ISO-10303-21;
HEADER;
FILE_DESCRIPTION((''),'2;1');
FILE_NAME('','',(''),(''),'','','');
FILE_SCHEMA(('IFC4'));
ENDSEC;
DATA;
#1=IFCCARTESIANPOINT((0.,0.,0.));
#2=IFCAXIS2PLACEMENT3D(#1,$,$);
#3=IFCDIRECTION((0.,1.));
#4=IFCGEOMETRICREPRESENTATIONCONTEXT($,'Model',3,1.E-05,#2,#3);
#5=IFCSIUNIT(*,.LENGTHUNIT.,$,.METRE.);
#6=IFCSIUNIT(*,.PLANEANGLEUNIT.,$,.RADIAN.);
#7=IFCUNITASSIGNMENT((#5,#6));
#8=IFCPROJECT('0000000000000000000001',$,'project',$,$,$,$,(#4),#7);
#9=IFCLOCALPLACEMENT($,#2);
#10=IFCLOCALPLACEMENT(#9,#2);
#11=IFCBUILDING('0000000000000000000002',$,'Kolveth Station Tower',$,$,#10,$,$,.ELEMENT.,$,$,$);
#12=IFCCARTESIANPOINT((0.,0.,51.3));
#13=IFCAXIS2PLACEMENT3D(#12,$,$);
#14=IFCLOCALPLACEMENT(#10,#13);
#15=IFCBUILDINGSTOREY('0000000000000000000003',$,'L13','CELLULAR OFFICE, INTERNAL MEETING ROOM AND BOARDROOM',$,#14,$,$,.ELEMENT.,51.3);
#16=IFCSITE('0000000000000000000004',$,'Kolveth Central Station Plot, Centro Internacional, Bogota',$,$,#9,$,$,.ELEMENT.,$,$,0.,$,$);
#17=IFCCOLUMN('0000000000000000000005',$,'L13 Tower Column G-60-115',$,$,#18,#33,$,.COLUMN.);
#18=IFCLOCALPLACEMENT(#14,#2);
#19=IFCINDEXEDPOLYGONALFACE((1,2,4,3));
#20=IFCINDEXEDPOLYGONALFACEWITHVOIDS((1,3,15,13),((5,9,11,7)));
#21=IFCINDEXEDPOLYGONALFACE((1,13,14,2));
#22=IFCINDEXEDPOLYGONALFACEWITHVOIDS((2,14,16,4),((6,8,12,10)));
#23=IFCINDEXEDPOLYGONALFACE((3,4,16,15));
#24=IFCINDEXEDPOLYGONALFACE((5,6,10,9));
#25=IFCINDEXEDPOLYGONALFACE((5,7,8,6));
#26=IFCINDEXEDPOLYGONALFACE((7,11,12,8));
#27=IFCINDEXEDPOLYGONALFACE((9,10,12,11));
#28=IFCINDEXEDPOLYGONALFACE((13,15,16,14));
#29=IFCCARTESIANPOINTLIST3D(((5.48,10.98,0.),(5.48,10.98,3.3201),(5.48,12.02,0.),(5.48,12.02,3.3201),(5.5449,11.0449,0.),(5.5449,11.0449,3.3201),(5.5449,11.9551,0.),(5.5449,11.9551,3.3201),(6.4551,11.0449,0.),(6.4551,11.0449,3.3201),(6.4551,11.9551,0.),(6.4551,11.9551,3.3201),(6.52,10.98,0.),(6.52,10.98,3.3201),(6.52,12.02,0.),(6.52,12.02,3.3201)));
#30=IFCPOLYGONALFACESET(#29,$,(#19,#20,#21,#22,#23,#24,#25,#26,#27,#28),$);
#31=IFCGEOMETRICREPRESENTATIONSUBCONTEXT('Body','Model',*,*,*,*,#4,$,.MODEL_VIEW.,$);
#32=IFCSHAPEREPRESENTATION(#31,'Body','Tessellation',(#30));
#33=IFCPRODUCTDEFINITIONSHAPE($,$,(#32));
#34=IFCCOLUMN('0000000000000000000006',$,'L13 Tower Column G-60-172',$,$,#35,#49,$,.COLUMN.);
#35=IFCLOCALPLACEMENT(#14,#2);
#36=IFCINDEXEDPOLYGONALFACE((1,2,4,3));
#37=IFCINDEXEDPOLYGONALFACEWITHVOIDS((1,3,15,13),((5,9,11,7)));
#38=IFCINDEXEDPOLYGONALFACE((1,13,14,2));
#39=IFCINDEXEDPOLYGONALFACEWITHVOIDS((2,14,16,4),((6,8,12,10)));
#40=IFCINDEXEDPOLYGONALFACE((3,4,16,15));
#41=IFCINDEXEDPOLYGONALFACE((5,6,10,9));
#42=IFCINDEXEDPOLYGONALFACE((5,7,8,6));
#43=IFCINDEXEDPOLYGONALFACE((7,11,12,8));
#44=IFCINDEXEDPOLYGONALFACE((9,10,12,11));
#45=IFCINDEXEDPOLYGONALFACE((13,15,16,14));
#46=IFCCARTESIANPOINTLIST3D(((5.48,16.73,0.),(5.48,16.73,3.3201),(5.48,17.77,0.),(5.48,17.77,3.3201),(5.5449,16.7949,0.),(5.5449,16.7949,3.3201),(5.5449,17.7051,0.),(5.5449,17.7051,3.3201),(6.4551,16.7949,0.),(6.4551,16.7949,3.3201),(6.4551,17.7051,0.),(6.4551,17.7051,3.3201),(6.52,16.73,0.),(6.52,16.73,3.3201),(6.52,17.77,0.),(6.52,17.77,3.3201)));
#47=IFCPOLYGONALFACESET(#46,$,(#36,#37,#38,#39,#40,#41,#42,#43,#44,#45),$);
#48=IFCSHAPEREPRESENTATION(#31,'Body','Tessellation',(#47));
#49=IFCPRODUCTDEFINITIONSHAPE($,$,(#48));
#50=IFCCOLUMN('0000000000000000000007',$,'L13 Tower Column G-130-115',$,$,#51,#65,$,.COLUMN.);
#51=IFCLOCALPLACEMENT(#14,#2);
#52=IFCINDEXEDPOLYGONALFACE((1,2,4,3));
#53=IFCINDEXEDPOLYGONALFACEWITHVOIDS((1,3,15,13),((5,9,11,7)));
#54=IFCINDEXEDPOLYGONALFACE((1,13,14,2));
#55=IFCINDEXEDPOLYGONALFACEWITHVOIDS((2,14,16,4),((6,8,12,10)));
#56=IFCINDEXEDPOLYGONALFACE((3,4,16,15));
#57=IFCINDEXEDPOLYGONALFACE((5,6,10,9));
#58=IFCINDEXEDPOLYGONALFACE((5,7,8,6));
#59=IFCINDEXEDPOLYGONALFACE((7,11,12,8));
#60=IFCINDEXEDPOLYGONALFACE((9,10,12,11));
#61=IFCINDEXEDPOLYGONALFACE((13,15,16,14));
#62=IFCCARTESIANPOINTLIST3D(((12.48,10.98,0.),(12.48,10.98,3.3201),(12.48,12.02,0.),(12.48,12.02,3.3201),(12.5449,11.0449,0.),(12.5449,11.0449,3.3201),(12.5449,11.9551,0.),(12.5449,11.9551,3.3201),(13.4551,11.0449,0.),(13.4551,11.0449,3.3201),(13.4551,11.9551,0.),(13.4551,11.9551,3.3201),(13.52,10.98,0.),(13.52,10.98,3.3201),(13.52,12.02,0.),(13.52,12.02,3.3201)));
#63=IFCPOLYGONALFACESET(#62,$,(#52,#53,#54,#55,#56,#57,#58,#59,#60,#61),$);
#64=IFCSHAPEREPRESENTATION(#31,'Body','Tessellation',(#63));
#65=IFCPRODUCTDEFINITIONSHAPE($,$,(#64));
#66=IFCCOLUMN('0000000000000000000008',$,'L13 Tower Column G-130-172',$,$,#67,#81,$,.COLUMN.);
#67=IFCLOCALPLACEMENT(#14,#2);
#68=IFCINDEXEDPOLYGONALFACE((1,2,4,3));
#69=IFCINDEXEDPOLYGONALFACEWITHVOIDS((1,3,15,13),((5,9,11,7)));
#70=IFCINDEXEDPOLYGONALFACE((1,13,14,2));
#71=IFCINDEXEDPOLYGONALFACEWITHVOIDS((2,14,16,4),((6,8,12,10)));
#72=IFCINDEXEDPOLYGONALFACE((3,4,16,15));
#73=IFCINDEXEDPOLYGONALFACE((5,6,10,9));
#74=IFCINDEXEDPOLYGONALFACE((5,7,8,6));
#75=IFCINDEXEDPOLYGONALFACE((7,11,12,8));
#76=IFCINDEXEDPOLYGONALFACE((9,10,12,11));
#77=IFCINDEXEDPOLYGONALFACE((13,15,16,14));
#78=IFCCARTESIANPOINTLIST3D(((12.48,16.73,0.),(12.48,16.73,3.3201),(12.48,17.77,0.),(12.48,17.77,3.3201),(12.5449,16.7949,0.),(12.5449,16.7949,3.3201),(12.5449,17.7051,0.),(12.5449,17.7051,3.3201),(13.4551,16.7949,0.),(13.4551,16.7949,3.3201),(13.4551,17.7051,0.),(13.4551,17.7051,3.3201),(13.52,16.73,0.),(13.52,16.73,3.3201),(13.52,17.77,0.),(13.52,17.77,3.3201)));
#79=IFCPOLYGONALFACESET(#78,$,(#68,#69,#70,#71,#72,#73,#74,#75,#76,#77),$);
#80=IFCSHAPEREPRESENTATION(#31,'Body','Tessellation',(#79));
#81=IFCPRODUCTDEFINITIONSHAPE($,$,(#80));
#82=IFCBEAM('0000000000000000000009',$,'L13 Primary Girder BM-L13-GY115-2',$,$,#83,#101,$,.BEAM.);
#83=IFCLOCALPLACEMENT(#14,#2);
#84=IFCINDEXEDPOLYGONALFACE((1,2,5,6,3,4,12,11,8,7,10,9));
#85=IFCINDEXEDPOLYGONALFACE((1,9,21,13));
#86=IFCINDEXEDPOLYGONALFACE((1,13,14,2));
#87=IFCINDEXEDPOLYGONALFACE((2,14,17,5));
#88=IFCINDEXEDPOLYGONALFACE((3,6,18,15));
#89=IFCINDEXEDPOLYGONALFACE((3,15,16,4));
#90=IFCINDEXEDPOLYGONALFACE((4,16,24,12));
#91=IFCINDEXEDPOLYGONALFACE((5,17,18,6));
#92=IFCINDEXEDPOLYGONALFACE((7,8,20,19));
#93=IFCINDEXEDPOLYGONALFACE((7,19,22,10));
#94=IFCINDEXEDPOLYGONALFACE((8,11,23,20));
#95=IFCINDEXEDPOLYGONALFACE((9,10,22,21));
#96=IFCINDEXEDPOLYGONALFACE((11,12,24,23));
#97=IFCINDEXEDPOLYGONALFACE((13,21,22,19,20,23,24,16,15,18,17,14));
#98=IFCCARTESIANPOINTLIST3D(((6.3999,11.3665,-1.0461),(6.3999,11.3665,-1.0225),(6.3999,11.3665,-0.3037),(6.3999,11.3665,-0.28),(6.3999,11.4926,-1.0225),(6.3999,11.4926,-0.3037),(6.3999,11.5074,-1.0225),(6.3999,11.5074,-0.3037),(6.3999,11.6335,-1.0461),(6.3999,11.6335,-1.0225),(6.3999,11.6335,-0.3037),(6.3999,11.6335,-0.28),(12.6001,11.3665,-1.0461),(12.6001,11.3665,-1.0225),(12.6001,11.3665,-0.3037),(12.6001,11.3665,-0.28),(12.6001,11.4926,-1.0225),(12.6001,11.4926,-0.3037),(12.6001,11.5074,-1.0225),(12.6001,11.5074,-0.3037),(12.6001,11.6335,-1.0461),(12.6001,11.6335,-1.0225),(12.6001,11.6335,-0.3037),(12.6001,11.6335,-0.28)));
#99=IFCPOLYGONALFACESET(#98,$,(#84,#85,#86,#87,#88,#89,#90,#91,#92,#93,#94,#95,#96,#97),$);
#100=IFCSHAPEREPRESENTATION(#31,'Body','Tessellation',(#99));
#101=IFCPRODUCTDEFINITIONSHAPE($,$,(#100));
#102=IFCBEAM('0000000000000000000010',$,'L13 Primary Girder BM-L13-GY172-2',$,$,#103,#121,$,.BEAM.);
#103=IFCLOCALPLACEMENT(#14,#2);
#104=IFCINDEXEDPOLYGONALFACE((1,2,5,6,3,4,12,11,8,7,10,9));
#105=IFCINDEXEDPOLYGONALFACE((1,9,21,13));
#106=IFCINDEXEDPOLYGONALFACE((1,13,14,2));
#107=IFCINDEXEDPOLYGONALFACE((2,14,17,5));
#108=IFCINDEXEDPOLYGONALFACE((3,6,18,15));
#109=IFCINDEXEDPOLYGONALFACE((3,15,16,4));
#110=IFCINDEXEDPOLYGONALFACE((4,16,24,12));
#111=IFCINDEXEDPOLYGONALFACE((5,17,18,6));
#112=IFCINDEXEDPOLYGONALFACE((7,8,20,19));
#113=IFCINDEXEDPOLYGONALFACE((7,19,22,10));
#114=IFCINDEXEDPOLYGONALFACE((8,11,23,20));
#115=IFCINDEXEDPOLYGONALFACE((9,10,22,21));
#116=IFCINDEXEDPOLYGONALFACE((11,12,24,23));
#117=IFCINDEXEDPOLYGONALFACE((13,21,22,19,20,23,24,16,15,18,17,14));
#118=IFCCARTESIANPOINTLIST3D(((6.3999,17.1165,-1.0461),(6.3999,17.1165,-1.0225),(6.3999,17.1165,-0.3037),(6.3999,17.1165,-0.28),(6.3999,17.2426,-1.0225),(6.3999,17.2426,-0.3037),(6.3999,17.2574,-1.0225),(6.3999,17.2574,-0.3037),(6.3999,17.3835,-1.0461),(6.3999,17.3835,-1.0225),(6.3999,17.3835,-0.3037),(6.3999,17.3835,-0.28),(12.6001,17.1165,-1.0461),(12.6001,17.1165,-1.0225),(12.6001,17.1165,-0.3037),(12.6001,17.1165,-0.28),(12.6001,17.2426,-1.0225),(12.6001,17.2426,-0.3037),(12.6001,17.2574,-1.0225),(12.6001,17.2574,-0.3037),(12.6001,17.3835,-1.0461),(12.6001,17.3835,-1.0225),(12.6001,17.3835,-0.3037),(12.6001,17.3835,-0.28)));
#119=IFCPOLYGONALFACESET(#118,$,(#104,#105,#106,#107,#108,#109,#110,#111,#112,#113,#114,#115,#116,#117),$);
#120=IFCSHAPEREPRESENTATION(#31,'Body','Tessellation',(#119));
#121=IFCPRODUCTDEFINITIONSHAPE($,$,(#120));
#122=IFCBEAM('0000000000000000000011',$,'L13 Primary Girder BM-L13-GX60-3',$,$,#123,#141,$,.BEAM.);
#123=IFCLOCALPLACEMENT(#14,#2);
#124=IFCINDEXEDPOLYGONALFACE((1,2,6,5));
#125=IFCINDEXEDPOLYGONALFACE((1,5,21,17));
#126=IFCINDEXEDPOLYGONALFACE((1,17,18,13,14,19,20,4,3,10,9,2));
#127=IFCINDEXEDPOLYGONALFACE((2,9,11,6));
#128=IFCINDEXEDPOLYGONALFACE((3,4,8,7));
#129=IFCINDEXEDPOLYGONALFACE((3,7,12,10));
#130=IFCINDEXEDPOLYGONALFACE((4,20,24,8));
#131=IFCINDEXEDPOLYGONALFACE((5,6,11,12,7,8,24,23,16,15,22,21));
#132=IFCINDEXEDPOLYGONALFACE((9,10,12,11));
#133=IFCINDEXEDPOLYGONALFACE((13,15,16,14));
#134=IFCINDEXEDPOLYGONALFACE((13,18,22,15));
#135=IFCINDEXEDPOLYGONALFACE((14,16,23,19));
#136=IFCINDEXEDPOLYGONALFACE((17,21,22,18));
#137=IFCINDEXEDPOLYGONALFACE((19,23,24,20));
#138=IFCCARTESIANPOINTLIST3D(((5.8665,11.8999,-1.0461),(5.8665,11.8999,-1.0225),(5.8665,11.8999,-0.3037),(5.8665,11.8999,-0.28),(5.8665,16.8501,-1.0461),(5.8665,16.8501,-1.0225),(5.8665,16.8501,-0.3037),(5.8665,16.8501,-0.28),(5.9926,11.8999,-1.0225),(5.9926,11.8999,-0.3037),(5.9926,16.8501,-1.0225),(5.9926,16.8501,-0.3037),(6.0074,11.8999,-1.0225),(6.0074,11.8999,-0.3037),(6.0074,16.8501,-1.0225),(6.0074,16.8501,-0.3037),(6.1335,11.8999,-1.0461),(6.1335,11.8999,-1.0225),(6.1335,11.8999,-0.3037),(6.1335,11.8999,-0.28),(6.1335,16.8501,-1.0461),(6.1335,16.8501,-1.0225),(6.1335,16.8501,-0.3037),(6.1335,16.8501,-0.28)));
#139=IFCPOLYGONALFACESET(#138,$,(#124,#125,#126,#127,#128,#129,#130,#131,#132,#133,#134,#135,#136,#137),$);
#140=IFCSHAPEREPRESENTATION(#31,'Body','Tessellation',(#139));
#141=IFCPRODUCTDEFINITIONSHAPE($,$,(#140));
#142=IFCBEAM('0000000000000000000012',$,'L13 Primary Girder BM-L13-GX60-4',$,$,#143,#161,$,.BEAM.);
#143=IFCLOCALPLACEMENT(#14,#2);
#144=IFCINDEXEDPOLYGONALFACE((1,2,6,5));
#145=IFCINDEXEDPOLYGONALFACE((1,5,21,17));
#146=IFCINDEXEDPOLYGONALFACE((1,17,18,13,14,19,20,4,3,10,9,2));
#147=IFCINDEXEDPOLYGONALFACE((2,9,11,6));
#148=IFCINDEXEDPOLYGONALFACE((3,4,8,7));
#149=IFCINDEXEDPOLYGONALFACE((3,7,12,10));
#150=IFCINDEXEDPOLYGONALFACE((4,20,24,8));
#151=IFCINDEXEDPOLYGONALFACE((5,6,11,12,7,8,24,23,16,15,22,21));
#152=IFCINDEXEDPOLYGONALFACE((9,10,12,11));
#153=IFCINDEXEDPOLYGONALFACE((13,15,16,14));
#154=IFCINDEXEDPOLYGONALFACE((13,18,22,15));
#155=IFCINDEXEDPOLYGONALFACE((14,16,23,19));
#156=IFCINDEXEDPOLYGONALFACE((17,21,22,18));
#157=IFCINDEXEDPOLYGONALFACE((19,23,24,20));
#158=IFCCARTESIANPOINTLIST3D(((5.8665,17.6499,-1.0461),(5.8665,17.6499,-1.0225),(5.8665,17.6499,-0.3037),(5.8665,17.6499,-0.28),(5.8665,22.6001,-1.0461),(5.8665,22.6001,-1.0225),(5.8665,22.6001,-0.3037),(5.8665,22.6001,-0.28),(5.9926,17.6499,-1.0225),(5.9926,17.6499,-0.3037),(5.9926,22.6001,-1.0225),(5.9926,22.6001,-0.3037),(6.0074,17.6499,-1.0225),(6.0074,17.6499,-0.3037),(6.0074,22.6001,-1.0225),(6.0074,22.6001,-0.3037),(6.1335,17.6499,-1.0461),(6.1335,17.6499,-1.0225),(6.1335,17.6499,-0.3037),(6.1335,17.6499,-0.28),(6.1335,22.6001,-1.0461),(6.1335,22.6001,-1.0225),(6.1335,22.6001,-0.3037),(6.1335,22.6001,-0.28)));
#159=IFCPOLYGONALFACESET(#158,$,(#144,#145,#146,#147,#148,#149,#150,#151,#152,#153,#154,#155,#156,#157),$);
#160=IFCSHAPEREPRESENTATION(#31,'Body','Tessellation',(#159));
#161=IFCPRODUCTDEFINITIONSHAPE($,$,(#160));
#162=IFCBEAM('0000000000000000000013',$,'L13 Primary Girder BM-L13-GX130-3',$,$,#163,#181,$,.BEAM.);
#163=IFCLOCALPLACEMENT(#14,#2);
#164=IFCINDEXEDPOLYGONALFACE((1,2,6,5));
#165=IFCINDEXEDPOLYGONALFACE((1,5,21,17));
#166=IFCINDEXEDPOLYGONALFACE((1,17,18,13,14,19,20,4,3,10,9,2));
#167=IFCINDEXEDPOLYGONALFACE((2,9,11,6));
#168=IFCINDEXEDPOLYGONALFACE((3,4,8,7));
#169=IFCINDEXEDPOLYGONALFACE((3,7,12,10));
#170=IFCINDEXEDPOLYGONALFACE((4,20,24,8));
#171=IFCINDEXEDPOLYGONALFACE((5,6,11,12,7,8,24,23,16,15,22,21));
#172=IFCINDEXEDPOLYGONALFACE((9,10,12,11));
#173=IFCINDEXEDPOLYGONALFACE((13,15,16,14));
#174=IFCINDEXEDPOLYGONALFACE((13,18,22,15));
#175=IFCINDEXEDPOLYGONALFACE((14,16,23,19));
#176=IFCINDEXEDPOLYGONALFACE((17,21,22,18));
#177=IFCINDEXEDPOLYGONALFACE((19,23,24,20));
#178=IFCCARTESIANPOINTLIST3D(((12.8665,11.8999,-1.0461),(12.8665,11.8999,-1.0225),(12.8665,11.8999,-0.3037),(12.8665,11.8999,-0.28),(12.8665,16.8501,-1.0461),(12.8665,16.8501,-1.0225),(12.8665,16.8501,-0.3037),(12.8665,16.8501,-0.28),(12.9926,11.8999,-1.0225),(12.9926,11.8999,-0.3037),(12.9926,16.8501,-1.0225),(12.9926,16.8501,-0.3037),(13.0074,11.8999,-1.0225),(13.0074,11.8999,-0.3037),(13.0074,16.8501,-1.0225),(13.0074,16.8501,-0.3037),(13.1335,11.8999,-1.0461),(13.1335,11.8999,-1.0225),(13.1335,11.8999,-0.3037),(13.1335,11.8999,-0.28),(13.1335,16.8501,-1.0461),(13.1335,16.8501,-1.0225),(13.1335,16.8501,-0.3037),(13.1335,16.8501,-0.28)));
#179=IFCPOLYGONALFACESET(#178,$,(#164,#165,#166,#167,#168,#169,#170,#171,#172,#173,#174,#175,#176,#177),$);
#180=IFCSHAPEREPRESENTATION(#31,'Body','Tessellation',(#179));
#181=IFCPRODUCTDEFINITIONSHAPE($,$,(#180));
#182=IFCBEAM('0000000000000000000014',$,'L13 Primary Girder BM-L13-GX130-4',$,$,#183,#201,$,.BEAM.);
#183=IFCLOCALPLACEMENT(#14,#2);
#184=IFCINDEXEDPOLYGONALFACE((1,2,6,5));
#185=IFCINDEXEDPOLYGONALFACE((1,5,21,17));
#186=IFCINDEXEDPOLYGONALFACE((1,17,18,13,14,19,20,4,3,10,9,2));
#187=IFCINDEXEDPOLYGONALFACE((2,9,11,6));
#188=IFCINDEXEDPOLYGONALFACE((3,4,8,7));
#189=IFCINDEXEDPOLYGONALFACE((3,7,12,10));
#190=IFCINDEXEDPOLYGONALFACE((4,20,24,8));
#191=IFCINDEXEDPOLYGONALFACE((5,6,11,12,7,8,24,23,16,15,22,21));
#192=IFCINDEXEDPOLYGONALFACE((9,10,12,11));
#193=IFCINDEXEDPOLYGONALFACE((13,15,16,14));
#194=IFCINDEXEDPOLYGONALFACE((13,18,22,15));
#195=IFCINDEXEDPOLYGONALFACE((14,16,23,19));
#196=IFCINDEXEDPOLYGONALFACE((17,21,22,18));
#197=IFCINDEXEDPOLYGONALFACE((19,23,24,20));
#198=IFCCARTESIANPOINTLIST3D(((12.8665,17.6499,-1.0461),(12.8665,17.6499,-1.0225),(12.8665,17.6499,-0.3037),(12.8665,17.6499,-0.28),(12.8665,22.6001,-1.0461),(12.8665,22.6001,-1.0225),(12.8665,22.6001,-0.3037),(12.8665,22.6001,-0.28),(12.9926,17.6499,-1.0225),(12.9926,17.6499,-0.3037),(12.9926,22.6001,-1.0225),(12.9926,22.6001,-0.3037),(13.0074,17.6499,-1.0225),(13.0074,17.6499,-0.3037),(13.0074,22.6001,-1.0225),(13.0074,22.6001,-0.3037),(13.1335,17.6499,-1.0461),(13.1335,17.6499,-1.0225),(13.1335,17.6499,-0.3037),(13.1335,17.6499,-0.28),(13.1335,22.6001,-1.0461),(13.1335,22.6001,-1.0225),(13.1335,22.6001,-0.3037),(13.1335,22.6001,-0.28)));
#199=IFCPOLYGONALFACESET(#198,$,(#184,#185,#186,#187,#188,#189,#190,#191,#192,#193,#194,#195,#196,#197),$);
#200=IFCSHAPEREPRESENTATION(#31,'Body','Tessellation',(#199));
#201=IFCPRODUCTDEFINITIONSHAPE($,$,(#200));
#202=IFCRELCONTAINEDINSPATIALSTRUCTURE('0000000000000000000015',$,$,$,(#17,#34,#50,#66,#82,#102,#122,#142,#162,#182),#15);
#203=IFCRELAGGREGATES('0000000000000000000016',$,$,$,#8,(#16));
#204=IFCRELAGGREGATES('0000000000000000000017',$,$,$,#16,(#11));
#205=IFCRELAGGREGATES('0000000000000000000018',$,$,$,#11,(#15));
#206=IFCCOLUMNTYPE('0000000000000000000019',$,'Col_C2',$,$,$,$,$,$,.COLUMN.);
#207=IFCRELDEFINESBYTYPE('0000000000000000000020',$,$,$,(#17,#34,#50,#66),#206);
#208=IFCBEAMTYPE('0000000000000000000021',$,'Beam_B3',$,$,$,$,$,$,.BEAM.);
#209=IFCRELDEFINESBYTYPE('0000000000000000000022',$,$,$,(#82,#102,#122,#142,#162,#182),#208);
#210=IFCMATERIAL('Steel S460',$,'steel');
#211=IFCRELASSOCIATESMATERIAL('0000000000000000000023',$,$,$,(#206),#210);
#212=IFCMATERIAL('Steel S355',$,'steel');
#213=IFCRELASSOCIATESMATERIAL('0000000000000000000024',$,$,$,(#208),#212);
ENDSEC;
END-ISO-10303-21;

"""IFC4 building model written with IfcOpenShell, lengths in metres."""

from ifc_helpers import new_model, si_unit, direction, frame, origin, origin_2d, place, context, subcontext, project, spatial, hollow_rectangle, i_section, extrude, source, transform, mapped, material, material_profile, profile_set, type_object, element, save


model = new_model("IFC4")

# Units and contexts
model_context = context("Model", 3, precision=1e-05, world=origin(), true_north=direction((0.0, 1.0)))
body_context = subcontext(model_context, "Body", "Model", "MODEL_VIEW")
ifc_project = project(units=[si_unit("LENGTHUNIT", "METRE"), si_unit("PLANEANGLEUNIT", "RADIAN")], contexts=[model_context])

# Site, building, storey
site_placement = place(None, origin())
site = spatial("IfcSite", under=ifc_project, at=site_placement, Name="Kolveth Central Station Plot, Centro Internacional, Bogota", CompositionType="ELEMENT", RefElevation=0.0)
building_placement = place(site_placement, origin())
building = spatial("IfcBuilding", under=site, at=building_placement, Name="Kolveth Station Tower", CompositionType="ELEMENT")
storey_placement = place(building_placement, frame((0.0, 0.0, 51.3)))
storey = spatial("IfcBuildingStorey", under=building, at=storey_placement, Name="L13", Description="CELLULAR OFFICE, INTERNAL MEETING ROOM AND BOARDROOM", CompositionType="ELEMENT", Elevation=51.3)

# Columns
ifc_material_1 = material(Name="Steel S460", Category="steel")
ifc_material_profile_1 = material_profile(ifc_material_1, hollow_rectangle(XDim=1.04, YDim=1.04, WallThickness=0.0649, at=origin_2d()), Name="BOX1040x1040x65")
ifc_profile_set_1 = profile_set([ifc_material_profile_1], Name="Steel S460")
column_type = type_object("IfcColumnType", Name="Col_C2", PredefinedType="COLUMN", material=ifc_profile_set_1)
shared_shape_1 = source(origin(), body_context, "Body", "SweptSolid", [
    extrude(hollow_rectangle(XDim=1.04, YDim=1.04, WallThickness=0.0649, at=origin_2d()), origin(), (0.0, 0.0, 1.0), 3.3201),
])
for number, where, z_axis, x_axis, name in (
    (1, (6.0, 11.5, 0.0), (0.0, 0.0, 1.0), (1.0, 0.0, 0.0), "L13 Tower Column G-60-115"),
    (2, (6.0, 17.25, 0.0), (0.0, 0.0, 1.0), (1.0, 0.0, 0.0), "L13 Tower Column G-60-172"),
    (3, (13.0, 11.5, 0.0), (0.0, 0.0, 1.0), (1.0, 0.0, 0.0), "L13 Tower Column G-130-115"),
    (4, (13.0, 17.25, 0.0), (0.0, 0.0, 1.0), (1.0, 0.0, 0.0), "L13 Tower Column G-130-172"),
):
    element("IfcColumn", number, at=place(storey_placement, frame(where, z_axis=z_axis, x_axis=x_axis)), inside=storey, type_object=column_type, Name=name, PredefinedType="COLUMN", context=body_context, shape_type="MappedRepresentation", body=[
        mapped(shared_shape_1, transform((0.0, 0.0, 0.0), x_axis=(1.0, 0.0, 0.0), y_axis=(0.0, 1.0, 0.0), z_axis=(0.0, 0.0, 1.0), scale=1.0)),
    ])

# Beams
ifc_material_2 = material(Name="Steel S355", Category="steel")
ifc_material_profile_2 = material_profile(ifc_material_2, i_section(OverallWidth=0.2671, OverallDepth=0.7661, WebThickness=0.0149, FlangeThickness=0.0237, at=origin_2d()), Name="W760x185")
ifc_profile_set_2 = profile_set([ifc_material_profile_2], Name="Steel S355")
beam_type_1 = type_object("IfcBeamType", Name="Beam_B3", PredefinedType="BEAM", material=ifc_profile_set_2)
shared_shape_2 = source(origin(), body_context, "Body", "SweptSolid", [
    extrude(i_section(OverallWidth=0.2671, OverallDepth=0.7661, WebThickness=0.0149, FlangeThickness=0.0237, at=origin_2d()), origin(), (0.0, 0.0, 1.0), 6.2002),
])
for number, where, z_axis, x_axis, name in (
    (5, (6.3999, 11.5, -0.6631), (1.0, 0.0, 0.0), (0.0, 1.0, 0.0), "L13 Primary Girder BM-L13-GY115-2"),
    (6, (6.3999, 17.25, -0.6631), (1.0, 0.0, 0.0), (0.0, 1.0, 0.0), "L13 Primary Girder BM-L13-GY172-2"),
):
    element("IfcBeam", number, at=place(storey_placement, frame(where, z_axis=z_axis, x_axis=x_axis)), inside=storey, type_object=beam_type_1, Name=name, PredefinedType="BEAM", context=body_context, shape_type="MappedRepresentation", body=[
        mapped(shared_shape_2, transform((0.0, 0.0, 0.0), x_axis=(1.0, 0.0, 0.0), y_axis=(0.0, 1.0, 0.0), z_axis=(0.0, 0.0, 1.0), scale=1.0)),
    ])
shared_shape_3 = source(origin(), body_context, "Body", "SweptSolid", [
    extrude(i_section(OverallWidth=0.2671, OverallDepth=0.7661, WebThickness=0.0149, FlangeThickness=0.0237, at=origin_2d()), origin(), (0.0, 0.0, 1.0), 4.9502),
])
for number, where, z_axis, x_axis, name in (
    (7, (6.0, 11.8999, -0.6631), (0.0, 1.0, 0.0), (-1.0, 0.0, 0.0), "L13 Primary Girder BM-L13-GX60-3"),
    (8, (6.0, 17.6499, -0.6631), (0.0, 1.0, 0.0), (-1.0, 0.0, 0.0), "L13 Primary Girder BM-L13-GX60-4"),
    (9, (13.0, 11.8999, -0.6631), (0.0, 1.0, 0.0), (-1.0, 0.0, 0.0), "L13 Primary Girder BM-L13-GX130-3"),
    (10, (13.0, 17.6499, -0.6631), (0.0, 1.0, 0.0), (-1.0, 0.0, 0.0), "L13 Primary Girder BM-L13-GX130-4"),
):
    element("IfcBeam", number, at=place(storey_placement, frame(where, z_axis=z_axis, x_axis=x_axis)), inside=storey, type_object=beam_type_1, Name=name, PredefinedType="BEAM", context=body_context, shape_type="MappedRepresentation", body=[
        mapped(shared_shape_3, transform((0.0, 0.0, 0.0), x_axis=(1.0, 0.0, 0.0), y_axis=(0.0, 1.0, 0.0), z_axis=(0.0, 0.0, 1.0), scale=1.0)),
    ])

save(model, "model.ifc")
